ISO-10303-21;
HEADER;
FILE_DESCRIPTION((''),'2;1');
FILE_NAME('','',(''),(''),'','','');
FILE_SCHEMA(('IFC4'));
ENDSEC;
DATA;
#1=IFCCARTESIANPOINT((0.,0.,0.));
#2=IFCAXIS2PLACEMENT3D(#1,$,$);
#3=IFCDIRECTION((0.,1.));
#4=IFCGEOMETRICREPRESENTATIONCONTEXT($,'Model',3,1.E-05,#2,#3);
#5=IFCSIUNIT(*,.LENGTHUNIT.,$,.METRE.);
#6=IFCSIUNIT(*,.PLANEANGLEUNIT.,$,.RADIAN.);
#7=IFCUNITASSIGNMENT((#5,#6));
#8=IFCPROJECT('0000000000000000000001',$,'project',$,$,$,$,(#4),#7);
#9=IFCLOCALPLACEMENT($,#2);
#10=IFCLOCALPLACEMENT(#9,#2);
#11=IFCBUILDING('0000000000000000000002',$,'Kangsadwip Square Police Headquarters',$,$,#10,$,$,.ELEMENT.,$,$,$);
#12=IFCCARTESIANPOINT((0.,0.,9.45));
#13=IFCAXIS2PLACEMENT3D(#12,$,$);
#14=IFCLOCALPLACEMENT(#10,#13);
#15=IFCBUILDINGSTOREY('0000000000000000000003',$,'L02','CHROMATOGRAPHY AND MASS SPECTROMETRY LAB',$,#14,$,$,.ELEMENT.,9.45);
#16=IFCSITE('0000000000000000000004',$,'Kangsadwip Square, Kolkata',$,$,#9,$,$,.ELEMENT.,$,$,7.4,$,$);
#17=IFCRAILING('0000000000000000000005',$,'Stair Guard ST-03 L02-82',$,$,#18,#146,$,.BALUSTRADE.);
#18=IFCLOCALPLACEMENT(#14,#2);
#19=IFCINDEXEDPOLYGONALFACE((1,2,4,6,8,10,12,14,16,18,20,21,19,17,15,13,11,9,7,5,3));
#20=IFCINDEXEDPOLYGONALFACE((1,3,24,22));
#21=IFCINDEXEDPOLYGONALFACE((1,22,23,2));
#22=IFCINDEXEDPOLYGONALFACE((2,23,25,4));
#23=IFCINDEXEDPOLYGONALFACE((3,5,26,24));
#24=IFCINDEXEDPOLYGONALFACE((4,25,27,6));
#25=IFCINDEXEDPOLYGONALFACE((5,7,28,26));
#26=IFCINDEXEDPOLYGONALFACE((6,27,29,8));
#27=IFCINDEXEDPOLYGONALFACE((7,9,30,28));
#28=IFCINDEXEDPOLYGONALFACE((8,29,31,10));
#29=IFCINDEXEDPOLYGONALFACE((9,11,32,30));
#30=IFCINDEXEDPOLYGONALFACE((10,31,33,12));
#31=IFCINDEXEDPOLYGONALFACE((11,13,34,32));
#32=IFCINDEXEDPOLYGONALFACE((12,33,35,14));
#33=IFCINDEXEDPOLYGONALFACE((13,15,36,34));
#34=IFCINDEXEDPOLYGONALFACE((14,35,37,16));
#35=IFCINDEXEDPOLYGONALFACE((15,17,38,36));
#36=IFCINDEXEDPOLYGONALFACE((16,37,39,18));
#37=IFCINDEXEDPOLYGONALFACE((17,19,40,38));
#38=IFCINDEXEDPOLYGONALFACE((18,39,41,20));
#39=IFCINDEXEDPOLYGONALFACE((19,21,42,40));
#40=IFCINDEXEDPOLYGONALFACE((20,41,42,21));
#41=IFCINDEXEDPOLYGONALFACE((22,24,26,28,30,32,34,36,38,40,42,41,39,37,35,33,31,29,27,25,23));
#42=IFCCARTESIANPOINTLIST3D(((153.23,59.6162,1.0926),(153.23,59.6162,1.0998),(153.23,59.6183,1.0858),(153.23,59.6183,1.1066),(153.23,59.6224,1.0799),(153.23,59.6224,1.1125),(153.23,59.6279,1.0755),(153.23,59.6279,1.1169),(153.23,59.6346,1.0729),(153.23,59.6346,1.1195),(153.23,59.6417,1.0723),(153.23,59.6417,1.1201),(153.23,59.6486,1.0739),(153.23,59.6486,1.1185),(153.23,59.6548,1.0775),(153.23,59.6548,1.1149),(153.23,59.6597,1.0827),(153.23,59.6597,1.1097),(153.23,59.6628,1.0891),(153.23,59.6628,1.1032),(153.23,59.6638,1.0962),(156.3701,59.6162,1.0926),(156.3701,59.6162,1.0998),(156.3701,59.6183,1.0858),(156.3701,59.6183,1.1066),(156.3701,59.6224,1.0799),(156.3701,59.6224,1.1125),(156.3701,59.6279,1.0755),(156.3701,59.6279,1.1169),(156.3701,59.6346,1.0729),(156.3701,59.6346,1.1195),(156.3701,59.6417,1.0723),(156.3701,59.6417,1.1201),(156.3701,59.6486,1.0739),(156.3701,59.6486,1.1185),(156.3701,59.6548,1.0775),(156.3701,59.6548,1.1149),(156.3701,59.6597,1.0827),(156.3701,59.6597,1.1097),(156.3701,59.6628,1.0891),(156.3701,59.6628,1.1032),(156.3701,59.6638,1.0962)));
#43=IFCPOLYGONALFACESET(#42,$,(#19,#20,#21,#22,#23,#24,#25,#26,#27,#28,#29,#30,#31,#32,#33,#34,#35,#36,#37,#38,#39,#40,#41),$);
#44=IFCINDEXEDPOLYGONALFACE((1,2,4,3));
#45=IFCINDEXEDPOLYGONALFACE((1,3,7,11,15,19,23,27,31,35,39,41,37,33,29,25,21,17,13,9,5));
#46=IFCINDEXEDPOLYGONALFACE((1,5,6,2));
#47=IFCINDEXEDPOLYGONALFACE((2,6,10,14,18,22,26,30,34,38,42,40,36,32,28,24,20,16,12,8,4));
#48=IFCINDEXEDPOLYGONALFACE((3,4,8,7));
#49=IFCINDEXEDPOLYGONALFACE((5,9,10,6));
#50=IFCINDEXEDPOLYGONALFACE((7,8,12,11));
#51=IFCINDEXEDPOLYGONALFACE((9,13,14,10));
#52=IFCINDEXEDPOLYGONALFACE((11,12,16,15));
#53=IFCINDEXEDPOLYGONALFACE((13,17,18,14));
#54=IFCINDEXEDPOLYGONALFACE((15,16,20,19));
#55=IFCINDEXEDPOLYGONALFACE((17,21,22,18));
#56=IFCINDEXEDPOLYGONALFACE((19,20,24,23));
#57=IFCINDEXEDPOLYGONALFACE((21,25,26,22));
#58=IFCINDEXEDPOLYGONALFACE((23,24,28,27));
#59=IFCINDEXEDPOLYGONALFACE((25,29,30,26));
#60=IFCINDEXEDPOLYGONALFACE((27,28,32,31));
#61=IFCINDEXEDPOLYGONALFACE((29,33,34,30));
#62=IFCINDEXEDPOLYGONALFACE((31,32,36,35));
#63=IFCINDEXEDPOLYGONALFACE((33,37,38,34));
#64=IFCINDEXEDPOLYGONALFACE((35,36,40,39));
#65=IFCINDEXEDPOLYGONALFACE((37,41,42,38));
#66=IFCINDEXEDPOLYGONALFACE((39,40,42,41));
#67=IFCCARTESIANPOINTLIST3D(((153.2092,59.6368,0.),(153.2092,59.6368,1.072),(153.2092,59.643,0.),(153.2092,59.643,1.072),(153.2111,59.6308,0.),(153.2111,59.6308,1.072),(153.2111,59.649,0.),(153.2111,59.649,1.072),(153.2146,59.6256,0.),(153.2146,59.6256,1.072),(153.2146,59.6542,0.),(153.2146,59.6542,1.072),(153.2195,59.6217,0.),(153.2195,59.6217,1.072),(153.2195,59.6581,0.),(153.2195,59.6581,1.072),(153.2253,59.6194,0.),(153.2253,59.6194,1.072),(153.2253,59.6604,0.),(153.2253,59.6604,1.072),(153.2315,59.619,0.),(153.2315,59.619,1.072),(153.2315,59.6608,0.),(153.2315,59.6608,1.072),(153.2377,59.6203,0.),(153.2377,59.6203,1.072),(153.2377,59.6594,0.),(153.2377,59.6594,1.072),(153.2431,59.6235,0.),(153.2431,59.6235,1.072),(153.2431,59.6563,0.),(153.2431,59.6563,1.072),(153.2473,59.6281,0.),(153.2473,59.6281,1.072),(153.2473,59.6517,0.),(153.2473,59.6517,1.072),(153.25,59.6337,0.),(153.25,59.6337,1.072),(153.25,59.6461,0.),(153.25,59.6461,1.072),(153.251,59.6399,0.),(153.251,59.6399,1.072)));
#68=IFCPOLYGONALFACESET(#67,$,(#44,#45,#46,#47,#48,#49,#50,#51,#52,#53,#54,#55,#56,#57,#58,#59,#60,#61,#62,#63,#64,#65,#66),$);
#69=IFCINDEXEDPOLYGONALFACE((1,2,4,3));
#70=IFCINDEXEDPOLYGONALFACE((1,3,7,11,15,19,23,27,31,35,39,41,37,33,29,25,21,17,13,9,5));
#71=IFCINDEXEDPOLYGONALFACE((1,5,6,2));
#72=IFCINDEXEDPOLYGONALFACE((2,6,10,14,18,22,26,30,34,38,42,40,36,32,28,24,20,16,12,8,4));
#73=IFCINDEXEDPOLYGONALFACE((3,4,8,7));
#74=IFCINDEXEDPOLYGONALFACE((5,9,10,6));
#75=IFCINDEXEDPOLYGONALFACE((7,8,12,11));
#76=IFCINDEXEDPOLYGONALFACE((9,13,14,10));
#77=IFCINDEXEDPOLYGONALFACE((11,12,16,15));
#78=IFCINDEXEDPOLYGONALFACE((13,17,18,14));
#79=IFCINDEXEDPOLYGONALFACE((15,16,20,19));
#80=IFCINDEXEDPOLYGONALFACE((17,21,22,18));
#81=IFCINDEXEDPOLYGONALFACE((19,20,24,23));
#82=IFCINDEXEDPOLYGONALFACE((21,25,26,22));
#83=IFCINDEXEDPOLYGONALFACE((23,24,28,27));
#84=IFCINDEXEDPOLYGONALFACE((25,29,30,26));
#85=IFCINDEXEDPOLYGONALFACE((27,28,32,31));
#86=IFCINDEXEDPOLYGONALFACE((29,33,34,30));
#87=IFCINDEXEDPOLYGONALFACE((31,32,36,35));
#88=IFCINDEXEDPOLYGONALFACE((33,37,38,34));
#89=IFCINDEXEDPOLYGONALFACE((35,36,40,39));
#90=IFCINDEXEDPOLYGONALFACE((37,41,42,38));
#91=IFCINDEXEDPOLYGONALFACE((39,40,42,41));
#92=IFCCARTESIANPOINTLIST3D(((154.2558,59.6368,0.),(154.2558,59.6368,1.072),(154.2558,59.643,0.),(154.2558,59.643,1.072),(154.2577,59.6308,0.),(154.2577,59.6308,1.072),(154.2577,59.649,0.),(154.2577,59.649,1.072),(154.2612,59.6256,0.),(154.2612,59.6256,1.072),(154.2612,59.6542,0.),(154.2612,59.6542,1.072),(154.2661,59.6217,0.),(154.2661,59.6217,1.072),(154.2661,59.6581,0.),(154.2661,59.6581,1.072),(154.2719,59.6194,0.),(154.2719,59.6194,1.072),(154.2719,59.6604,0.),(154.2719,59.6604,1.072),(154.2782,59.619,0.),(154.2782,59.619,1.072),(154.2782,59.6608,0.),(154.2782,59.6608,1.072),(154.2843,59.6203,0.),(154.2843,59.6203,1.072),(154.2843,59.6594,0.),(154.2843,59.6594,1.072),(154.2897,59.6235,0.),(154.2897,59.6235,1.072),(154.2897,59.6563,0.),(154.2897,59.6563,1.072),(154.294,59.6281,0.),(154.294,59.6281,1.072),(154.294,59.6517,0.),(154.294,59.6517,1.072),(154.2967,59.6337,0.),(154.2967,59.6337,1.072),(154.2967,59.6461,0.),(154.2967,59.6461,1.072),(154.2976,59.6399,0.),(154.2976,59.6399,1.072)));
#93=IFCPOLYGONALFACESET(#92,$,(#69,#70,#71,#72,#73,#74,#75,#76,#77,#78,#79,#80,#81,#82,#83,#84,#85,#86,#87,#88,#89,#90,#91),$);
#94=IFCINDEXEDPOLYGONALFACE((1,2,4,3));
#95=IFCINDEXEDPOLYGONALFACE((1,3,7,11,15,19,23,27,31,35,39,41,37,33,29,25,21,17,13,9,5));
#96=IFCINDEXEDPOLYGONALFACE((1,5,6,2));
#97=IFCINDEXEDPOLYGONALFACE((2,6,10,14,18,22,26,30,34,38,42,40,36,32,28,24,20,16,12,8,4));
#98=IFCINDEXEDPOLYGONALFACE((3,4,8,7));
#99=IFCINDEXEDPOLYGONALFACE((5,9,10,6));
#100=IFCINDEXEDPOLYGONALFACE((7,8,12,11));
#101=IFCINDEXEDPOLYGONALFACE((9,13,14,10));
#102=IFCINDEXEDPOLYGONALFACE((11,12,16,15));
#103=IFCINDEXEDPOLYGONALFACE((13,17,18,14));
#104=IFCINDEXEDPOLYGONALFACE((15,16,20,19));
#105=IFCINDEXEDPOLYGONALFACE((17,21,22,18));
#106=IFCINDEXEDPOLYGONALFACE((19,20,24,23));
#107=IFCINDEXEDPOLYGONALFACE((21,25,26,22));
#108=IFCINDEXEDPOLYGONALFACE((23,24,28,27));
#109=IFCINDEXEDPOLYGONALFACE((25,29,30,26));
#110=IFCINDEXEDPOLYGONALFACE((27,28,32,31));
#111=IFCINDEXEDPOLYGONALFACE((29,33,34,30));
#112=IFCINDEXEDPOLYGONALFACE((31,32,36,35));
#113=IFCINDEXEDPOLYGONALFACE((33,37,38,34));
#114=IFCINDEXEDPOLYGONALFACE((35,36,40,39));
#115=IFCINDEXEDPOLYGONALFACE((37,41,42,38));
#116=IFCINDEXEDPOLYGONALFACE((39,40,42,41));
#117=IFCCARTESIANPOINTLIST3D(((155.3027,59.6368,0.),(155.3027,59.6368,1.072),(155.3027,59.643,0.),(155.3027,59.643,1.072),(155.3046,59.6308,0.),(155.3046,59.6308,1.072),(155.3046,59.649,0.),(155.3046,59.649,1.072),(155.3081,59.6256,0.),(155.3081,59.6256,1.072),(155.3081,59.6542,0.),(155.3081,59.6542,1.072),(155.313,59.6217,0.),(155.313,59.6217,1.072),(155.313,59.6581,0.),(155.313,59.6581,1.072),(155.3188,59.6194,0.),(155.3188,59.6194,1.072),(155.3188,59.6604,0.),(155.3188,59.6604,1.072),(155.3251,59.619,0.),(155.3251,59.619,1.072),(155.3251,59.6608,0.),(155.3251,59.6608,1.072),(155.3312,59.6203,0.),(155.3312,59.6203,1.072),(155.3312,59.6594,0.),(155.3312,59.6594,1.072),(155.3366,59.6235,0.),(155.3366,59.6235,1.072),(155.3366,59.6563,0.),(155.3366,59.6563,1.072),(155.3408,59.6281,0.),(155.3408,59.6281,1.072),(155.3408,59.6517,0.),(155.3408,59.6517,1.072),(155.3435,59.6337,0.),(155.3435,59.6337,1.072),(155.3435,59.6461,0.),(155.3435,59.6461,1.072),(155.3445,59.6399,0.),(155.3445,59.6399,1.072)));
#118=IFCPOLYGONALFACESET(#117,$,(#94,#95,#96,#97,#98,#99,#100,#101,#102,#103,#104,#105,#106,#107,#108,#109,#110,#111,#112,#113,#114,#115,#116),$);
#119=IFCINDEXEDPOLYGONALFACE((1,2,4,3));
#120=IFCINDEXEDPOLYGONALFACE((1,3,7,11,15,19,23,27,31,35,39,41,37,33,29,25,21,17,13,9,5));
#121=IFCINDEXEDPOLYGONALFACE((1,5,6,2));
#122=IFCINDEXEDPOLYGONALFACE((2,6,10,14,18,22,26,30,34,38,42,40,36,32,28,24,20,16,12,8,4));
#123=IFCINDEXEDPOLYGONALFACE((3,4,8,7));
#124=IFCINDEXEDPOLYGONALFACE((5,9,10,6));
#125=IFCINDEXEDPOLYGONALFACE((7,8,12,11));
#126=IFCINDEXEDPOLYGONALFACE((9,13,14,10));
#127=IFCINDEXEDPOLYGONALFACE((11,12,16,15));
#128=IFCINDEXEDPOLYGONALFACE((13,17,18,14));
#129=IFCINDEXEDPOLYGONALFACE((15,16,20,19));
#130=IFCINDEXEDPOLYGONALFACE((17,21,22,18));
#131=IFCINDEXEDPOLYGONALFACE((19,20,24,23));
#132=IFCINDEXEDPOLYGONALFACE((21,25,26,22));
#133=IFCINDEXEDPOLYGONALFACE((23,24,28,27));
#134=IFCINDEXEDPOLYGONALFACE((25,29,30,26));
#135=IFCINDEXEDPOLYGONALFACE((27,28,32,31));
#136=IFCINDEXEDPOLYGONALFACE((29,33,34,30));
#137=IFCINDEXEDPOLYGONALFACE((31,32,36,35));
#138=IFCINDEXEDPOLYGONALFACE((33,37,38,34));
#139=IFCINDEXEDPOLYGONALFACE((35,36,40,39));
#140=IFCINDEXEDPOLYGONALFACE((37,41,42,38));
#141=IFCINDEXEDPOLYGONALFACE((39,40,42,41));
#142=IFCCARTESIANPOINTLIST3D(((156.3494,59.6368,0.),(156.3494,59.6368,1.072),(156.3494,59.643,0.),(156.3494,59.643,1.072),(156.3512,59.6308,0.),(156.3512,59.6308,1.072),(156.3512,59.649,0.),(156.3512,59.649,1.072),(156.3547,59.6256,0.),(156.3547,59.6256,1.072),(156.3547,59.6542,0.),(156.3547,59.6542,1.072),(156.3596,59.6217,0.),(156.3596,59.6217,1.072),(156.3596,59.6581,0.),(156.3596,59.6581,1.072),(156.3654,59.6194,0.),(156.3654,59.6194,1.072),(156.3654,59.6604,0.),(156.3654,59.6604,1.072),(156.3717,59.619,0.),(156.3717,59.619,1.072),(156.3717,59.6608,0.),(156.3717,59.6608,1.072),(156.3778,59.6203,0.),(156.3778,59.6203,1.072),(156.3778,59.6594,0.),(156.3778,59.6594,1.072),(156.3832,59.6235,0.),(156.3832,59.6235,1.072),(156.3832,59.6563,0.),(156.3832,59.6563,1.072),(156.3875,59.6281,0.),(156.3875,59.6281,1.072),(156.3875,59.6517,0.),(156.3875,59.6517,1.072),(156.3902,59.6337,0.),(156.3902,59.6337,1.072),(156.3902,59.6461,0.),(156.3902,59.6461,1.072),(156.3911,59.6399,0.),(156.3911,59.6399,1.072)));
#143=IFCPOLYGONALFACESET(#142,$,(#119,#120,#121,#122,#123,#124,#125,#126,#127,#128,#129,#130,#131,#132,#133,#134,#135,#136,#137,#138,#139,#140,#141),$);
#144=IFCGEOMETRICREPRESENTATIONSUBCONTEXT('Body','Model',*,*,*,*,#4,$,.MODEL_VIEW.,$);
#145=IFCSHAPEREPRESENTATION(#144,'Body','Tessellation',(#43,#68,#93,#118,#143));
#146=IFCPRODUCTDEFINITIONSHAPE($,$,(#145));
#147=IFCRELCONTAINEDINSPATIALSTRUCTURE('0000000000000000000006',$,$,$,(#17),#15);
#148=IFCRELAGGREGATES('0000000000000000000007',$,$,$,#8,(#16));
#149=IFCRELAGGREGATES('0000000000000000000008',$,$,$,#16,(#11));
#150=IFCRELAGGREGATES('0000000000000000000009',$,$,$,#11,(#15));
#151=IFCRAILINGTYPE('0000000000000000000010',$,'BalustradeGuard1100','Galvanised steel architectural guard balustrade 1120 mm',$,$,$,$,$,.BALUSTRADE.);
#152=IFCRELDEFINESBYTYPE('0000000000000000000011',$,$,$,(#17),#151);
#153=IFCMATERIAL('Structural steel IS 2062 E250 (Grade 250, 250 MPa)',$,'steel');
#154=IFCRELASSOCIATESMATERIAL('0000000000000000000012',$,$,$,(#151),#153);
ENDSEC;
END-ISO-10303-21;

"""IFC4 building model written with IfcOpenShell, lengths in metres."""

from ifc_helpers import new_model, si_unit, direction, frame, origin, origin_2d, place, context, subcontext, project, spatial, circle, extrude, material, type_object, element, save


model = new_model("IFC4")

# Units and contexts
model_context = context("Model", 3, precision=1e-05, world=origin(), true_north=direction((0.0, 1.0)))
body_context = subcontext(model_context, "Body", "Model", "MODEL_VIEW")
ifc_project = project(units=[si_unit("LENGTHUNIT", "METRE"), si_unit("PLANEANGLEUNIT", "RADIAN")], contexts=[model_context])

# Site, building, storey
site_placement = place(None, origin())
site = spatial("IfcSite", under=ifc_project, at=site_placement, Name="Kangsadwip Square, Kolkata", CompositionType="ELEMENT", RefElevation=7.4)
building_placement = place(site_placement, origin())
building = spatial("IfcBuilding", under=site, at=building_placement, Name="Kangsadwip Square Police Headquarters", CompositionType="ELEMENT")
storey_placement = place(building_placement, frame((0.0, 0.0, 9.45)))
storey = spatial("IfcBuildingStorey", under=building, at=storey_placement, Name="L02", Description="CHROMATOGRAPHY AND MASS SPECTROMETRY LAB", CompositionType="ELEMENT", Elevation=9.45)

# Railing
ifc_material_1 = material(Name="Structural steel IS 2062 E250 (Grade 250, 250 MPa)", Category="steel")
railing_type_1 = type_object("IfcRailingType", Name="BalustradeGuard1100", Description="Galvanised steel architectural guard balustrade 1120 mm", PredefinedType="BALUSTRADE", material=ifc_material_1)
for number, where, name in (
    (1, (153.23, 59.6399, 0.0), "Stair Guard ST-03 L02-82"),
):
    element("IfcRailing", number, at=place(storey_placement, frame(where)), inside=storey, type_object=railing_type_1, Name=name, PredefinedType="BALUSTRADE", context=body_context, shape_type="SweptSolid", body=[
        extrude(circle(Radius=0.0239, at=origin_2d()), frame((0.0, 0.0, 1.0962), z_axis=(1.0, 0.0, 0.0), x_axis=(0.0, 1.0, 0.0)), (0.0, 0.0, 1.0), 3.1401),
        extrude(circle(Radius=0.021, at=origin_2d()), origin(), (0.0, 0.0, 1.0), 1.072),
        extrude(circle(Radius=0.021, at=origin_2d()), frame((1.0466, 0.0, 0.0)), (0.0, 0.0, 1.0), 1.072),
        extrude(circle(Radius=0.021, at=origin_2d()), frame((2.0935, 0.0, 0.0)), (0.0, 0.0, 1.0), 1.072),
        extrude(circle(Radius=0.021, at=origin_2d()), frame((3.1401, 0.0, 0.0)), (0.0, 0.0, 1.0), 1.072),
    ])

save(model, "model.ifc")
